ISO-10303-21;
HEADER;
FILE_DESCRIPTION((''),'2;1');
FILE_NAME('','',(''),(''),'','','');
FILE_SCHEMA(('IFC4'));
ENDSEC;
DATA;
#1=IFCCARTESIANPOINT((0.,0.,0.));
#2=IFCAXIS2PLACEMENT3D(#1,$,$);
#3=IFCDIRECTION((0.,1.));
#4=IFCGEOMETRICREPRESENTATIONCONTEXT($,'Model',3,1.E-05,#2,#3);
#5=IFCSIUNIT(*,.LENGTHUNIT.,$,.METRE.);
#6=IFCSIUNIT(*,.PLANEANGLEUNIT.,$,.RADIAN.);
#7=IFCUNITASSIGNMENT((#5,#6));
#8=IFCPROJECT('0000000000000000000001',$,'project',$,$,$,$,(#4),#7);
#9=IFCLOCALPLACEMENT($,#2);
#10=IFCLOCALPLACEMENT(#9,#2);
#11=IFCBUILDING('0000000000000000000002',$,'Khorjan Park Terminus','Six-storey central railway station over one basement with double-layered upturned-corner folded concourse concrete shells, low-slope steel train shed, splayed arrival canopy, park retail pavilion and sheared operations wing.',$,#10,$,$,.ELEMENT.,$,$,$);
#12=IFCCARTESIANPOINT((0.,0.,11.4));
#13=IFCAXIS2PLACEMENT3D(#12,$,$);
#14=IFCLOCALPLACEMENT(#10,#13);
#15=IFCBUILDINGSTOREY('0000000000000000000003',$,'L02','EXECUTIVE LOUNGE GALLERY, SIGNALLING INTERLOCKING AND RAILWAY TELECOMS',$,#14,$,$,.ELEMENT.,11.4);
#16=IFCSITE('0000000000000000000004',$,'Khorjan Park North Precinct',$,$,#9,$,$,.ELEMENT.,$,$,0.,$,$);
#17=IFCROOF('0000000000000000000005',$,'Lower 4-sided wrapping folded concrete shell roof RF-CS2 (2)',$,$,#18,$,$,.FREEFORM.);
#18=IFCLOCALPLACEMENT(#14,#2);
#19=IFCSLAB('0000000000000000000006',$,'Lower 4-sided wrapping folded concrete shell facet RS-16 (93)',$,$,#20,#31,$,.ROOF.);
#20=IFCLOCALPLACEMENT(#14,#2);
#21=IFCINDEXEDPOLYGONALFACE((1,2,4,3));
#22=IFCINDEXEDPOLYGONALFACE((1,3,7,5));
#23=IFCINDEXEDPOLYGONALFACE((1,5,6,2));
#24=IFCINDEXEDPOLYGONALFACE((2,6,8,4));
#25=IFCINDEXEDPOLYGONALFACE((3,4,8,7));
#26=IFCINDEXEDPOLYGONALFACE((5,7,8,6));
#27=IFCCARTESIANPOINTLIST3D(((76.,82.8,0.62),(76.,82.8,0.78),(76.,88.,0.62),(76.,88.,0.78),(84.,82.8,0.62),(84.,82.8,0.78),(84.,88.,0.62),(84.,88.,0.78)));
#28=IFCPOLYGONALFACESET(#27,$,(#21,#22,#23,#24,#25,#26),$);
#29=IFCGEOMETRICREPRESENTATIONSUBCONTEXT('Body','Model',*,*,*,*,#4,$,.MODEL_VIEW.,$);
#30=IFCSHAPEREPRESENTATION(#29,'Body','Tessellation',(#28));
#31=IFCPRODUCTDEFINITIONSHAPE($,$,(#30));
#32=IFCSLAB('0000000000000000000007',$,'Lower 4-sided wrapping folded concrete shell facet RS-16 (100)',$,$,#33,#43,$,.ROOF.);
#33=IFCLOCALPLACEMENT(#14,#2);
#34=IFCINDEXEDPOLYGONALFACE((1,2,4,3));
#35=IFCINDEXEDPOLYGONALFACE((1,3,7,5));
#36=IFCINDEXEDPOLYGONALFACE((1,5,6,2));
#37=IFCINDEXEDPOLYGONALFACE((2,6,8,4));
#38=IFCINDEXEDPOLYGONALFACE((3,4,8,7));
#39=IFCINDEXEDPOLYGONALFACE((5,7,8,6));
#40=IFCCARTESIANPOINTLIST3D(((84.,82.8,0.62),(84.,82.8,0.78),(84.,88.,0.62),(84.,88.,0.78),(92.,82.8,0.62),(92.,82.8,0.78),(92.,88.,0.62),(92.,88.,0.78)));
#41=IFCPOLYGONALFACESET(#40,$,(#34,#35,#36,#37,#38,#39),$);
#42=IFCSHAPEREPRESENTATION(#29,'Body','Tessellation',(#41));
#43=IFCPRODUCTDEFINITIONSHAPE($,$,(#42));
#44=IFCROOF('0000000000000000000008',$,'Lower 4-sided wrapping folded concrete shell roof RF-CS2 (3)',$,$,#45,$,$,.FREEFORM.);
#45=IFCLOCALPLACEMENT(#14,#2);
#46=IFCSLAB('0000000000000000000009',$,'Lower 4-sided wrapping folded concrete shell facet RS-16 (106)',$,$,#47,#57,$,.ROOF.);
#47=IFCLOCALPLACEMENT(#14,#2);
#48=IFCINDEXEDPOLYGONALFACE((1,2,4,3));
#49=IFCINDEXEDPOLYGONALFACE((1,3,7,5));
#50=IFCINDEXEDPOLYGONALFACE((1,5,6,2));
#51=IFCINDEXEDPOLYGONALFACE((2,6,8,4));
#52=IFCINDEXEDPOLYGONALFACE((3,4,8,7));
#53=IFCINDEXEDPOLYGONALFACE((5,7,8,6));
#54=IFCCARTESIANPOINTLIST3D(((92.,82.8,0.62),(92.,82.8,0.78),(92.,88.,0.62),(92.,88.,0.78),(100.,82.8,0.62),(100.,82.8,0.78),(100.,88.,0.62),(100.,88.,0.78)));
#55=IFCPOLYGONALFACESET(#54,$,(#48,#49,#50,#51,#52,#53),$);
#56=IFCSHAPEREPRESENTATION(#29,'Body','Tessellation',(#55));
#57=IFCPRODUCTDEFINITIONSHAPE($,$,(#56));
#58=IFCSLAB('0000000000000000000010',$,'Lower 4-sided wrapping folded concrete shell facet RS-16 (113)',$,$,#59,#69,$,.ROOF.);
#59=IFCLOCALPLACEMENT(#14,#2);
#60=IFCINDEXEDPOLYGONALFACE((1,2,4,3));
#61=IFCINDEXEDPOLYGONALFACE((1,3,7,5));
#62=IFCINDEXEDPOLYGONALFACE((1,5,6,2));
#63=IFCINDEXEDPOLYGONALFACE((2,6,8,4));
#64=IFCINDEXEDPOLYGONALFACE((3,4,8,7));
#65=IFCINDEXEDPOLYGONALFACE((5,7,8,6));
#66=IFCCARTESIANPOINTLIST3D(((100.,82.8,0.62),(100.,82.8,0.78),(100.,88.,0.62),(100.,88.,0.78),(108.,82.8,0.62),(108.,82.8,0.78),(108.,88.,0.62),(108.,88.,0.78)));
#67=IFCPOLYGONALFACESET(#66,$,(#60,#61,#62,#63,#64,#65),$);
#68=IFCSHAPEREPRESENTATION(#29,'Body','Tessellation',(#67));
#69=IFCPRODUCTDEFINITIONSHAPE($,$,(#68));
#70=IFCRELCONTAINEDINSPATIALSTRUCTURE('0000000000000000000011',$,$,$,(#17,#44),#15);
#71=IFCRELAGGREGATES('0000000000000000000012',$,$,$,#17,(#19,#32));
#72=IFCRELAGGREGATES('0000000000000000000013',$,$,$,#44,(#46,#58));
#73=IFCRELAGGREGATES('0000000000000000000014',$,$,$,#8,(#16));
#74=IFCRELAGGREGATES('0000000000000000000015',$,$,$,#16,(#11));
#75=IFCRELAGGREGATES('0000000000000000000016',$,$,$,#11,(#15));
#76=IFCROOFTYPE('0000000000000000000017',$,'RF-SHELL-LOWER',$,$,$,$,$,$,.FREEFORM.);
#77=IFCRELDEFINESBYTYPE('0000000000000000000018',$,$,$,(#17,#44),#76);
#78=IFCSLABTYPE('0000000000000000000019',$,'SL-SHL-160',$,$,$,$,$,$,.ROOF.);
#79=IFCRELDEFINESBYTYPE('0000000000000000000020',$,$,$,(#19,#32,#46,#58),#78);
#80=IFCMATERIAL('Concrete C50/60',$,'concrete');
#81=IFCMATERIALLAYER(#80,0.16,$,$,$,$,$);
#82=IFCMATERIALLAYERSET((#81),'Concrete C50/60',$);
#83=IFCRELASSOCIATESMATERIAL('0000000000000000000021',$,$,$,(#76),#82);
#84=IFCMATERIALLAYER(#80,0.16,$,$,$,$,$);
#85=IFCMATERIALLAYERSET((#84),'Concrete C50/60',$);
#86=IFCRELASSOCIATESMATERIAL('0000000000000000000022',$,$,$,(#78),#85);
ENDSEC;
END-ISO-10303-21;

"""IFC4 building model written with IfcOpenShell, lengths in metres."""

from ifc_helpers import new_model, si_unit, direction, frame, origin, place, context, subcontext, project, spatial, polyline, outline, extrude, material, layer, layer_set, type_object, element, aggregate, save


model = new_model("IFC4")

# Units and contexts
model_context = context("Model", 3, precision=1e-05, world=origin(), true_north=direction((0.0, 1.0)))
body_context = subcontext(model_context, "Body", "Model", "MODEL_VIEW")
ifc_project = project(units=[si_unit("LENGTHUNIT", "METRE"), si_unit("PLANEANGLEUNIT", "RADIAN")], contexts=[model_context])

# Site, building, storey
site_placement = place(None, origin())
site = spatial("IfcSite", under=ifc_project, at=site_placement, Name="Khorjan Park North Precinct", CompositionType="ELEMENT", RefElevation=0.0)
building_placement = place(site_placement, origin())
building = spatial("IfcBuilding", under=site, at=building_placement, Name="Khorjan Park Terminus", Description="Six-storey central railway station over one basement with double-layered upturned-corner folded concourse concrete shells, low-slope steel train shed, splayed arrival canopy, park retail pavilion and sheared operations wing.", CompositionType="ELEMENT")
storey_placement = place(building_placement, frame((0.0, 0.0, 11.4)))
storey = spatial("IfcBuildingStorey", under=building, at=storey_placement, Name="L02", Description="EXECUTIVE LOUNGE GALLERY, SIGNALLING INTERLOCKING AND RAILWAY TELECOMS", CompositionType="ELEMENT", Elevation=11.4)

# Roofs, slabs
ifc_material_1 = material(Name="Concrete C50/60", Category="concrete")
ifc_layer_1 = layer(ifc_material_1, 0.16)
ifc_layer_set_1 = layer_set([ifc_layer_1], Name="Concrete C50/60")
roof_type = type_object("IfcRoofType", Name="RF-SHELL-LOWER", PredefinedType="FREEFORM", material=ifc_layer_set_1)
roof_1_placement = place(storey_placement, origin())
roof_1 = element("IfcRoof", 1, at=roof_1_placement, inside=storey, type_object=roof_type, Name="Lower 4-sided wrapping folded concrete shell roof RF-CS2 (2)", PredefinedType="FREEFORM")
ifc_layer_2 = layer(ifc_material_1, 0.16)
ifc_layer_set_2 = layer_set([ifc_layer_2], Name="Concrete C50/60")
slab_type = type_object("IfcSlabType", Name="SL-SHL-160", PredefinedType="ROOF", material=ifc_layer_set_2)
slab_1_placement = place(storey_placement, frame((76.0, 82.8, 0.78), z_axis=(0.0, 0.0, 1.0), x_axis=(1.0, 0.0, 0.0)))
slab_1 = element("IfcSlab", 2, at=slab_1_placement, type_object=slab_type, Name="Lower 4-sided wrapping folded concrete shell facet RS-16 (93)", PredefinedType="ROOF", context=body_context, shape_type="SweptSolid", body=[
    extrude(outline(polyline([(0.0, 0.0), (8.0, 0.0), (8.0, 5.2), (0.0, 5.2), (0.0, 0.0)])), origin(), (0.0, 0.0, -1.0), 0.16),
])
slab_2_placement = place(storey_placement, frame((84.0, 82.8, 0.78), z_axis=(0.0, 0.0, 1.0), x_axis=(1.0, 0.0, 0.0)))
slab_2 = element("IfcSlab", 3, at=slab_2_placement, type_object=slab_type, Name="Lower 4-sided wrapping folded concrete shell facet RS-16 (100)", PredefinedType="ROOF", context=body_context, shape_type="SweptSolid", body=[
    extrude(outline(polyline([(0.0, 0.0), (8.0, 0.0), (8.0, 5.2), (0.0, 5.2), (0.0, 0.0)])), origin(), (0.0, 0.0, -1.0), 0.16),
])
aggregate(roof_1, [slab_1, slab_2])
roof_2_placement = place(storey_placement, origin())
roof_2 = element("IfcRoof", 4, at=roof_2_placement, inside=storey, type_object=roof_type, Name="Lower 4-sided wrapping folded concrete shell roof RF-CS2 (3)", PredefinedType="FREEFORM")
slab_3_placement = place(storey_placement, frame((92.0, 82.8, 0.78), z_axis=(0.0, 0.0, 1.0), x_axis=(1.0, 0.0, 0.0)))
slab_3 = element("IfcSlab", 5, at=slab_3_placement, type_object=slab_type, Name="Lower 4-sided wrapping folded concrete shell facet RS-16 (106)", PredefinedType="ROOF", context=body_context, shape_type="SweptSolid", body=[
    extrude(outline(polyline([(0.0, 0.0), (8.0, 0.0), (8.0, 5.2), (0.0, 5.2), (0.0, 0.0)])), origin(), (0.0, 0.0, -1.0), 0.16),
])
slab_4_placement = place(storey_placement, frame((100.0, 82.8, 0.78), z_axis=(0.0, 0.0, 1.0), x_axis=(1.0, 0.0, 0.0)))
slab_4 = element("IfcSlab", 6, at=slab_4_placement, type_object=slab_type, Name="Lower 4-sided wrapping folded concrete shell facet RS-16 (113)", PredefinedType="ROOF", context=body_context, shape_type="SweptSolid", body=[
    extrude(outline(polyline([(0.0, 0.0), (8.0, 0.0), (8.0, 5.2), (0.0, 5.2), (0.0, 0.0)])), origin(), (0.0, 0.0, -1.0), 0.16),
])
aggregate(roof_2, [slab_3, slab_4])

save(model, "model.ifc")
